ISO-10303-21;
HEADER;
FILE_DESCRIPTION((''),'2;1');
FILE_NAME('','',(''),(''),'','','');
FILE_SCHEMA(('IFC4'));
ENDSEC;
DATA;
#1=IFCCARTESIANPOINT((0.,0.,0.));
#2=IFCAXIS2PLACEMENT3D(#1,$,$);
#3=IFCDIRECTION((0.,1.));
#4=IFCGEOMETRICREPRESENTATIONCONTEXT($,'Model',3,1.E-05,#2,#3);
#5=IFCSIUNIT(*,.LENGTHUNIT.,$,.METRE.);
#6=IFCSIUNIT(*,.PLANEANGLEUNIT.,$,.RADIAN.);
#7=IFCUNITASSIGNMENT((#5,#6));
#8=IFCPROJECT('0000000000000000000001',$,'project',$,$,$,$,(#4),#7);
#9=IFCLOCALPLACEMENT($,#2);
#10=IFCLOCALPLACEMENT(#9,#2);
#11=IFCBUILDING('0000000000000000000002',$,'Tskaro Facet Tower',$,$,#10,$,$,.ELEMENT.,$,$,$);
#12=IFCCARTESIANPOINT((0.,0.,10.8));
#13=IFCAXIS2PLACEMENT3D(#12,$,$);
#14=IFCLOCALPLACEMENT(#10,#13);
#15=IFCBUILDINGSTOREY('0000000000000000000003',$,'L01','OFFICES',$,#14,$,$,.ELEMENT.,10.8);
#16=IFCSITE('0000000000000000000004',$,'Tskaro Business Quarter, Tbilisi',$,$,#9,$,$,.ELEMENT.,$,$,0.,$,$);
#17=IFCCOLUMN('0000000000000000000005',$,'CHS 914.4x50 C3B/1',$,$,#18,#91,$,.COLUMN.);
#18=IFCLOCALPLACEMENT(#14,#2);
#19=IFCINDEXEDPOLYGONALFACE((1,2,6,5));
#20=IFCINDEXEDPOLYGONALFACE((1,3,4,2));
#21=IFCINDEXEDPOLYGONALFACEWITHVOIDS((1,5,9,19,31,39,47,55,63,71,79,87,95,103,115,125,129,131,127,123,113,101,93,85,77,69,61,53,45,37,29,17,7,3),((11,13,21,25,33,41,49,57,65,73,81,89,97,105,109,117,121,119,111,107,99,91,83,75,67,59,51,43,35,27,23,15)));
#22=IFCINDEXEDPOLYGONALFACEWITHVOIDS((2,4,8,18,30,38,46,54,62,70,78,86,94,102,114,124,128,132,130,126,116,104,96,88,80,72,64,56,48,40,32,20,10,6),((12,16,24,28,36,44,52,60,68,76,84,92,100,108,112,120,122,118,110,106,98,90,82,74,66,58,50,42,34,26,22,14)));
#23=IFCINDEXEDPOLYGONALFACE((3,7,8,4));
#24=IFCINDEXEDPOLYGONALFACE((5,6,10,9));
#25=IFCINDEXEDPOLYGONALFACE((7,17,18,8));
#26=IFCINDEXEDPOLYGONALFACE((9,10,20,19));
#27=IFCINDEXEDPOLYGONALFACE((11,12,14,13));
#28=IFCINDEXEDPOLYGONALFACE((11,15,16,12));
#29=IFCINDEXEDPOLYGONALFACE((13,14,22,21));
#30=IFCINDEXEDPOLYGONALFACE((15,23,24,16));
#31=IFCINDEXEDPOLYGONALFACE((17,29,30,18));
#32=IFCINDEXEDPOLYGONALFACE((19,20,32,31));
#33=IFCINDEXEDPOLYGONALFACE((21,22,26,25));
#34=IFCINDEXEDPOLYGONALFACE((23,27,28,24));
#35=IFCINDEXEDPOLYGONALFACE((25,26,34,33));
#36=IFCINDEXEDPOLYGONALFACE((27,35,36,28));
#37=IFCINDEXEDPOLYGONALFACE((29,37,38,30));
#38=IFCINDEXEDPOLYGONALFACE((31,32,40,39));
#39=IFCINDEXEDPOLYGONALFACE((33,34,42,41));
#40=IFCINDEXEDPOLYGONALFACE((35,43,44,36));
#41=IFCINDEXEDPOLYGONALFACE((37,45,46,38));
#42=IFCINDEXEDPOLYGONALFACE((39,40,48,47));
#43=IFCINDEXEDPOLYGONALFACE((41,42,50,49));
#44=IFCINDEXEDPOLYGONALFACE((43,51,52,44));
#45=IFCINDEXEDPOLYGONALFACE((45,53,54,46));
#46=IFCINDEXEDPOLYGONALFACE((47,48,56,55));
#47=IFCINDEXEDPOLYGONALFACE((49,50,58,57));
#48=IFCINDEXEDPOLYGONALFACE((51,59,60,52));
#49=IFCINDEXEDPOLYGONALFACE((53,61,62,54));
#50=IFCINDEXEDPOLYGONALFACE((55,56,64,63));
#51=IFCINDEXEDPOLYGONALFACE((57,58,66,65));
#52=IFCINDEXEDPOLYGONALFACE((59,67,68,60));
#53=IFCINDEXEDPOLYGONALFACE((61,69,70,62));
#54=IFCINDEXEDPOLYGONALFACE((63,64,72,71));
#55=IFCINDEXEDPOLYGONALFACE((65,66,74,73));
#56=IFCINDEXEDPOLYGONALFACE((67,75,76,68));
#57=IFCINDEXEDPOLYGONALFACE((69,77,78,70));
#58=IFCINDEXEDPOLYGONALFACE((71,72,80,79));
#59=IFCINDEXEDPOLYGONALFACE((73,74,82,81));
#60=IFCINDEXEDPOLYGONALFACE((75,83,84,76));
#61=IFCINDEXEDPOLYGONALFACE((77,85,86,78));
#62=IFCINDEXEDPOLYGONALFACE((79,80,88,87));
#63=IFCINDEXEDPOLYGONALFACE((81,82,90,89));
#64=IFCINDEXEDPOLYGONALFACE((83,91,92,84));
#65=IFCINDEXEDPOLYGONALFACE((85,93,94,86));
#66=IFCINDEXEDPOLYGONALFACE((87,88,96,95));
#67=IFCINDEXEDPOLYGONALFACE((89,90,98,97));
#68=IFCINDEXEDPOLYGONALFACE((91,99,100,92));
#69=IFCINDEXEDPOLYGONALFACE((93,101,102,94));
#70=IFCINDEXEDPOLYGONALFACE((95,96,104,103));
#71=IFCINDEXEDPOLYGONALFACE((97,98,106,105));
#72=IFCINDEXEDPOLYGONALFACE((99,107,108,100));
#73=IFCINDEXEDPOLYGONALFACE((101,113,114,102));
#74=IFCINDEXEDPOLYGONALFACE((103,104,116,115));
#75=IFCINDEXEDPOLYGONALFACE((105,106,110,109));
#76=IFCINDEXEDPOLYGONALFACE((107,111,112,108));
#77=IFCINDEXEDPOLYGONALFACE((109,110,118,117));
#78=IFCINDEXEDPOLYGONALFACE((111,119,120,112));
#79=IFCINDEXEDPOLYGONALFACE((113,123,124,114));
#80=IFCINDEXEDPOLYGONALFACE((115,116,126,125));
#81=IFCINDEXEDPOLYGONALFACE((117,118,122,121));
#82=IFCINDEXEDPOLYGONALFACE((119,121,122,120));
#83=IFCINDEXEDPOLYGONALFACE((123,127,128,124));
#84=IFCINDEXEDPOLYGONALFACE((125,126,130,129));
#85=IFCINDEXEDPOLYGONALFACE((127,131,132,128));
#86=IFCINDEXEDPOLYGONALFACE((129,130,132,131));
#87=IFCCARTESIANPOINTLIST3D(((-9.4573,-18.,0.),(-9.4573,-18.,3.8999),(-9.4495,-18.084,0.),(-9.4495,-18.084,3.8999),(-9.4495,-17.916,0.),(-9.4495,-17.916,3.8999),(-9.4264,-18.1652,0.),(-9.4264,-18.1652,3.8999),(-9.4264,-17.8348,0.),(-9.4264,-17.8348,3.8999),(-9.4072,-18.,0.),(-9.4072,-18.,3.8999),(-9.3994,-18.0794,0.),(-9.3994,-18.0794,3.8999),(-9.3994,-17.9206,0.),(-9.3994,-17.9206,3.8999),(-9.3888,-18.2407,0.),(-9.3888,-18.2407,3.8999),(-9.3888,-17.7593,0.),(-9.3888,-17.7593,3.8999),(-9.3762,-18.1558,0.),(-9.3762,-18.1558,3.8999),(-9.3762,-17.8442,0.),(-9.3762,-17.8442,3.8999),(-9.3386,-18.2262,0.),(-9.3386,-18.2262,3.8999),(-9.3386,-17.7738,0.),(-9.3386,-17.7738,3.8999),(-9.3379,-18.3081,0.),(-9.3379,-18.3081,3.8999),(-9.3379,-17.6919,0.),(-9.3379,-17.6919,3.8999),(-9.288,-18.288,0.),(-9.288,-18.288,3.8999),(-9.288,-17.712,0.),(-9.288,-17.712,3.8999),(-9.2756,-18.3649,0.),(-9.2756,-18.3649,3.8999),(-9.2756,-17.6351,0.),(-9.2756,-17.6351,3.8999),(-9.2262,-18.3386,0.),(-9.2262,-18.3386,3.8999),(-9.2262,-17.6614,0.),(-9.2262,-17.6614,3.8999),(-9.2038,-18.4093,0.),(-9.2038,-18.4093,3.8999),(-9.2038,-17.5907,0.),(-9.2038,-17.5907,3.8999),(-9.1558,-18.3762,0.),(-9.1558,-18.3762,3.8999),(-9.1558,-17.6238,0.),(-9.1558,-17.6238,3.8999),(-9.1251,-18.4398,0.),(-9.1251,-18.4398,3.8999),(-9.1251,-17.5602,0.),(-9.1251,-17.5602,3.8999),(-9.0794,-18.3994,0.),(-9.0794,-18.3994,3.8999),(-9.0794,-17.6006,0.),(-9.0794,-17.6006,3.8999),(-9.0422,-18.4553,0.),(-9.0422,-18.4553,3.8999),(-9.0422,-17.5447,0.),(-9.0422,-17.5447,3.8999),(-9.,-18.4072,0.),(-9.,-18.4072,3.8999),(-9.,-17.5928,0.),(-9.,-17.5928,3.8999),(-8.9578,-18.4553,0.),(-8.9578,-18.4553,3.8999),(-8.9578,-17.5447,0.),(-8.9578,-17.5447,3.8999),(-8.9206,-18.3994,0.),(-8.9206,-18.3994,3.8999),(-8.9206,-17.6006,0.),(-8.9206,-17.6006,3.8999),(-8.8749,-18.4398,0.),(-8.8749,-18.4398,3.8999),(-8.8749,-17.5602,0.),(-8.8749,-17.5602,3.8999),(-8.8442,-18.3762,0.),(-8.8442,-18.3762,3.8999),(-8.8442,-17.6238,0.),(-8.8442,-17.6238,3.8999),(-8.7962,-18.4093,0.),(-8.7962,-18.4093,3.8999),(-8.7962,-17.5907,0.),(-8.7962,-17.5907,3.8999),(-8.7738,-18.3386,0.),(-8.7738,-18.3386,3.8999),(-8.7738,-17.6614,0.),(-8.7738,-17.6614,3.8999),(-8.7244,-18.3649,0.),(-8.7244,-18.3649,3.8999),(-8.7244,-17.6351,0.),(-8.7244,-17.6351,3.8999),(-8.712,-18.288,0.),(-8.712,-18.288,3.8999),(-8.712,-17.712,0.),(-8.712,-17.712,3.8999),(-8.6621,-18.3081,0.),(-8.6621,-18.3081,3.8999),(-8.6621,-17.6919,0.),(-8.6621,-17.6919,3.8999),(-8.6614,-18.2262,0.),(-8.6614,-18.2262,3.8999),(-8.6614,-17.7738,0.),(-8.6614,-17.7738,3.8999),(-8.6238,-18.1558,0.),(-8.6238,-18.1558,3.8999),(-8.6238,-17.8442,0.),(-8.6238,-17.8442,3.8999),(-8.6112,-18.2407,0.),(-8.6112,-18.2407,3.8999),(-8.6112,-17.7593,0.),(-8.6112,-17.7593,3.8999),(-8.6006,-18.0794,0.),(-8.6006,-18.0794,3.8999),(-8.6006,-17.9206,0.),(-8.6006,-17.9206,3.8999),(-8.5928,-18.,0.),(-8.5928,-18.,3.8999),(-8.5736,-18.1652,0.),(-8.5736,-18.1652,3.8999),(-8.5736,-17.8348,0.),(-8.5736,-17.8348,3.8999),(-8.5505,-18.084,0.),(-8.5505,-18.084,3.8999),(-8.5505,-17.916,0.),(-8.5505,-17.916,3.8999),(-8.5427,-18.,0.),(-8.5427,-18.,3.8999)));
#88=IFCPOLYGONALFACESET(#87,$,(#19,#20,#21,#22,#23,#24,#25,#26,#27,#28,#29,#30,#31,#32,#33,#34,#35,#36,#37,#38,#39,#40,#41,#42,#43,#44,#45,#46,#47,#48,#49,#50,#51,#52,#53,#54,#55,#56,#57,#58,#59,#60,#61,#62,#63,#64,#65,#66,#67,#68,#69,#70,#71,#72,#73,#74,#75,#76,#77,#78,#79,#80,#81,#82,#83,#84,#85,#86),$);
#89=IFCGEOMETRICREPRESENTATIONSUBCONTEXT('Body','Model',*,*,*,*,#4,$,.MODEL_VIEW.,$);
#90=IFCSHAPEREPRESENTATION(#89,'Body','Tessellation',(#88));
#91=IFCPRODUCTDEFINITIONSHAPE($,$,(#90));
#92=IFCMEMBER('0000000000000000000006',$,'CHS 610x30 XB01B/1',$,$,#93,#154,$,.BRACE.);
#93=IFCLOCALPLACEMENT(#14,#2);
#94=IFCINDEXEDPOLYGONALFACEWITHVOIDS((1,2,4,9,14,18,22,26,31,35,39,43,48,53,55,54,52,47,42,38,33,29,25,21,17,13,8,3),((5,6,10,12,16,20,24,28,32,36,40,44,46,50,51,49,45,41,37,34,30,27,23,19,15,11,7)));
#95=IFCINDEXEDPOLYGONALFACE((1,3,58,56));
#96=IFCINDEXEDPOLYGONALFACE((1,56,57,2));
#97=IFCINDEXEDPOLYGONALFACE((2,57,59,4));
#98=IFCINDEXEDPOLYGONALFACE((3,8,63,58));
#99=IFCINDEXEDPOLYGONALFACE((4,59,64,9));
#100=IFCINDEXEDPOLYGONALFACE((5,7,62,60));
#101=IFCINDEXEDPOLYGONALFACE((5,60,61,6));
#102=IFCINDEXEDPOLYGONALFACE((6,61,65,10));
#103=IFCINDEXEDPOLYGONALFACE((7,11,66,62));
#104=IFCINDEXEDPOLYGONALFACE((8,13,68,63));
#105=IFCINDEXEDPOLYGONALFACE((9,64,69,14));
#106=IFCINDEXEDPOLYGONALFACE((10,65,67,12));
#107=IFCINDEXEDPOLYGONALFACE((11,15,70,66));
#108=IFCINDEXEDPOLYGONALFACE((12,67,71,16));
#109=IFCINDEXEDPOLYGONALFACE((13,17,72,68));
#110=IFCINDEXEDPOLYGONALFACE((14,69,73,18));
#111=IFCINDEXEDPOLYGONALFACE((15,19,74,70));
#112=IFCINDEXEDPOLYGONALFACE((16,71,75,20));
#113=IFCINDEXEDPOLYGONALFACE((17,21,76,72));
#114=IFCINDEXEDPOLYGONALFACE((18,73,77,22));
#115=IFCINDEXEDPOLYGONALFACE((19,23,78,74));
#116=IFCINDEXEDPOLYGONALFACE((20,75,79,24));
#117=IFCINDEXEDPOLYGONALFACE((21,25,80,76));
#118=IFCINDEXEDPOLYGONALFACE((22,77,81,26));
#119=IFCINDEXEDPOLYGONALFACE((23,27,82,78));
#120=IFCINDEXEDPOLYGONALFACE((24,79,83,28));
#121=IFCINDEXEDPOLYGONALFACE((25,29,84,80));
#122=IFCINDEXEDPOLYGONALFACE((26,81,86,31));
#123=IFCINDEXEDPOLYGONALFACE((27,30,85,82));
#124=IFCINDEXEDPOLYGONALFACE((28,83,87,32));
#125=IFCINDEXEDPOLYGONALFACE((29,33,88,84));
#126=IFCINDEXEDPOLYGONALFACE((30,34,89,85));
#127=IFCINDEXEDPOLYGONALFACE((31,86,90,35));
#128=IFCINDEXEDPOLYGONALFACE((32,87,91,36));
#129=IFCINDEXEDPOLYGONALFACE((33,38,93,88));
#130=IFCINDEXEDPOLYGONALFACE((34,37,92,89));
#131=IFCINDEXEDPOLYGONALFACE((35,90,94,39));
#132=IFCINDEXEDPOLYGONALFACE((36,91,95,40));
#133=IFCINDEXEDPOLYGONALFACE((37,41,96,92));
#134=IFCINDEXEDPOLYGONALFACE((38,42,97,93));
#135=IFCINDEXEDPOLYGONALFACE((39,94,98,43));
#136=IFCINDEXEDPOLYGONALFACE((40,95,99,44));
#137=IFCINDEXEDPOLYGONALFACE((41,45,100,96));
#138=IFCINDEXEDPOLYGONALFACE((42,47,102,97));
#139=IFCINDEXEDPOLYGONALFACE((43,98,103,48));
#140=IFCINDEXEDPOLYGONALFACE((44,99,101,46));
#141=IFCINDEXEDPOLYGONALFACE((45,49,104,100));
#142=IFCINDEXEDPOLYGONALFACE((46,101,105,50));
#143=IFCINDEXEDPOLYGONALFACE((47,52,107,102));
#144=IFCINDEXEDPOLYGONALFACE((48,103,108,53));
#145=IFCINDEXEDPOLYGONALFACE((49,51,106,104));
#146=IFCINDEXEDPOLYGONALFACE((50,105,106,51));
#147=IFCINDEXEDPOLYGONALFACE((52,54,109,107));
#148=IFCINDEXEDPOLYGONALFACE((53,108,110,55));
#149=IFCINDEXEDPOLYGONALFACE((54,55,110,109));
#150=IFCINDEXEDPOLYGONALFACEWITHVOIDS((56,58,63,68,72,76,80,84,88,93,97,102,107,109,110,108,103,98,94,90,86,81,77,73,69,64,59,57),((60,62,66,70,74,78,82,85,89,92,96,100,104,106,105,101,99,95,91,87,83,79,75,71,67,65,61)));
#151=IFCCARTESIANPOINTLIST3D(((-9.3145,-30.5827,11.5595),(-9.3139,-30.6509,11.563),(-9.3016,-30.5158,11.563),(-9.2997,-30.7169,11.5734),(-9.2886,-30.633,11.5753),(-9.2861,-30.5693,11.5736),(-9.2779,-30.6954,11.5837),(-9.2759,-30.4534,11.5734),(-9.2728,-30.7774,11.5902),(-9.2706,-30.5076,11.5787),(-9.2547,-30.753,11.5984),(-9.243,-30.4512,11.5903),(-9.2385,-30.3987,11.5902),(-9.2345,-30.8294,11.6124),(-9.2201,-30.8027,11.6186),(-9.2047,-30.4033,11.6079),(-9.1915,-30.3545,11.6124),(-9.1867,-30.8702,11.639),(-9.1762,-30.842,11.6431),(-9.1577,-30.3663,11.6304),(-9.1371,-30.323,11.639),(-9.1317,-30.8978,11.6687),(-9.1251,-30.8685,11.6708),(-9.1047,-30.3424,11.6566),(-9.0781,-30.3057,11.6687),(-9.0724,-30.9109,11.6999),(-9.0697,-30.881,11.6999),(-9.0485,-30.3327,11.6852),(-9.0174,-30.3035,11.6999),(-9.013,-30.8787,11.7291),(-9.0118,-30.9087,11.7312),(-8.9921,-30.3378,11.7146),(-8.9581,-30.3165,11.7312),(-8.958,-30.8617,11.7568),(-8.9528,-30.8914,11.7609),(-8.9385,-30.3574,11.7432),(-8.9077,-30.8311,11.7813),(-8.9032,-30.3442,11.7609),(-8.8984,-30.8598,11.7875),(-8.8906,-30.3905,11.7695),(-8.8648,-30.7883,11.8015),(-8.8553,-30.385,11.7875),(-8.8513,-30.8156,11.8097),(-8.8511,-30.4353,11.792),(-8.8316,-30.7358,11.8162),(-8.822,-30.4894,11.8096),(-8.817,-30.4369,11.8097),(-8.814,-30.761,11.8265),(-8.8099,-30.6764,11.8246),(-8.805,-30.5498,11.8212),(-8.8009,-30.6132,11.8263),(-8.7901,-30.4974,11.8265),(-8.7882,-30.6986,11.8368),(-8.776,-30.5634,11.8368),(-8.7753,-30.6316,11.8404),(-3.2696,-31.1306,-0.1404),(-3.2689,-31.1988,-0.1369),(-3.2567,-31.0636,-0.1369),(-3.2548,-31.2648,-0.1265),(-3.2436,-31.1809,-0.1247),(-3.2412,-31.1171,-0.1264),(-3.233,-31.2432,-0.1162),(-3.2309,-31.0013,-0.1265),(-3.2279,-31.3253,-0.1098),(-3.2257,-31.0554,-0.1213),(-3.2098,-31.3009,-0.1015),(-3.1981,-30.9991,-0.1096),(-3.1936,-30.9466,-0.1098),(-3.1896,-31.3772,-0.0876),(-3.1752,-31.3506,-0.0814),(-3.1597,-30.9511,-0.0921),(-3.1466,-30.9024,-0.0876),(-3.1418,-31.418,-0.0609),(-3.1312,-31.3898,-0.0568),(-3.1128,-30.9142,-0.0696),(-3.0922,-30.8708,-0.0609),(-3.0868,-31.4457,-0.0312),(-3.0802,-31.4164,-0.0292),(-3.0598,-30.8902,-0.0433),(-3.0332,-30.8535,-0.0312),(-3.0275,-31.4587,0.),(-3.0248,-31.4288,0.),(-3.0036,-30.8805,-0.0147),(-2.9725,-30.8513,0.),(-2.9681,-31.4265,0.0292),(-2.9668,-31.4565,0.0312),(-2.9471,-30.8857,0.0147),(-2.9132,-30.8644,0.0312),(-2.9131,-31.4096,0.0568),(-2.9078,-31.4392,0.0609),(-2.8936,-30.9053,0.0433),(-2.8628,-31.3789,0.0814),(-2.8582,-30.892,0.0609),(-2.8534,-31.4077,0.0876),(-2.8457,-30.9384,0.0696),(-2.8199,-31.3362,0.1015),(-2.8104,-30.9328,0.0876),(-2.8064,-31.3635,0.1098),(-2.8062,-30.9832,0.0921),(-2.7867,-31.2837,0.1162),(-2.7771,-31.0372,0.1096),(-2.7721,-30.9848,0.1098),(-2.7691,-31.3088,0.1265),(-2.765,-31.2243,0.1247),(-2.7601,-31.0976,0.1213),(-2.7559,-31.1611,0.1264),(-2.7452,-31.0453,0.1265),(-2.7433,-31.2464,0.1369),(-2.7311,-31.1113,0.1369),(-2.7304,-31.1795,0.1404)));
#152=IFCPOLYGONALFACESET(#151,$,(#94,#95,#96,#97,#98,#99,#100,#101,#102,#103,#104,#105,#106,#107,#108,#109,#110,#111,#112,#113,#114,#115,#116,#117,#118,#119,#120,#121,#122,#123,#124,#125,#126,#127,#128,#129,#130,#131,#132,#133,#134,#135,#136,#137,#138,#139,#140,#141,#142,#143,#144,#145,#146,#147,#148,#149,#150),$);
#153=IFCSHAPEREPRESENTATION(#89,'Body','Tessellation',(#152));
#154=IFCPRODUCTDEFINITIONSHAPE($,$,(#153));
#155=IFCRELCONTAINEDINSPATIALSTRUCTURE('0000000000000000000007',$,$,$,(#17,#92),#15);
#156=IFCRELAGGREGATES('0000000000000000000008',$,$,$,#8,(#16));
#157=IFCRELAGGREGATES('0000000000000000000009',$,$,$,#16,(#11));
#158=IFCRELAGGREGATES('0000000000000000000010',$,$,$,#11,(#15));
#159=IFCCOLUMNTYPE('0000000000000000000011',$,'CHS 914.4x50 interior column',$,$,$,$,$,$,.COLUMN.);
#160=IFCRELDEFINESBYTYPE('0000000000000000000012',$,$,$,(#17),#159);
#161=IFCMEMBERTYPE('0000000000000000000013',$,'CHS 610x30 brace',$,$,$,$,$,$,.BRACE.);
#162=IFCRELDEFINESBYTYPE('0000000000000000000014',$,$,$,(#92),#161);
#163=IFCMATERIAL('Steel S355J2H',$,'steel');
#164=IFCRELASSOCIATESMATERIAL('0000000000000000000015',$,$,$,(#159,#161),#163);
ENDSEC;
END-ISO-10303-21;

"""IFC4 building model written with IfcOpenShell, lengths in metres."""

from ifc_helpers import new_model, si_unit, direction, frame, origin, origin_2d, place, context, subcontext, project, spatial, hollow_circle, extrude, material, material_profile, profile_set, type_object, element, save


model = new_model("IFC4")

# Units and contexts
model_context = context("Model", 3, precision=1e-05, world=origin(), true_north=direction((0.0, 1.0)))
body_context = subcontext(model_context, "Body", "Model", "MODEL_VIEW")
ifc_project = project(units=[si_unit("LENGTHUNIT", "METRE"), si_unit("PLANEANGLEUNIT", "RADIAN")], contexts=[model_context])

# Site, building, storey
site_placement = place(None, origin())
site = spatial("IfcSite", under=ifc_project, at=site_placement, Name="Tskaro Business Quarter, Tbilisi", CompositionType="ELEMENT", RefElevation=0.0)
building_placement = place(site_placement, origin())
building = spatial("IfcBuilding", under=site, at=building_placement, Name="Tskaro Facet Tower", CompositionType="ELEMENT")
storey_placement = place(building_placement, frame((0.0, 0.0, 10.8)))
storey = spatial("IfcBuildingStorey", under=building, at=storey_placement, Name="L01", Description="OFFICES", CompositionType="ELEMENT", Elevation=10.8)

# Column
ifc_material_1 = material(Name="Steel S355J2H", Category="steel")
ifc_material_profile_1 = material_profile(ifc_material_1, hollow_circle(Radius=0.4573, WallThickness=0.05, at=origin_2d()), Name="CHS 914.4x50")
ifc_profile_set_1 = profile_set([ifc_material_profile_1], Name="Steel S355J2H")
column_type_1 = type_object("IfcColumnType", Name="CHS 914.4x50 interior column", PredefinedType="COLUMN", material=ifc_profile_set_1)
column_1_placement = place(storey_placement, frame((-9.0, -18.0, 0.0), z_axis=(0.0, 0.0, 1.0), x_axis=(1.0, 0.0, 0.0)))
element("IfcColumn", 1, at=column_1_placement, inside=storey, type_object=column_type_1, Name="CHS 914.4x50 C3B/1", PredefinedType="COLUMN", context=body_context, shape_type="SweptSolid", body=[
    extrude(hollow_circle(Radius=0.4573, WallThickness=0.05, at=origin_2d()), origin(), (0.0, 0.0, 1.0), 3.8999),
])

# Member
ifc_material_profile_2 = material_profile(ifc_material_1, hollow_circle(Radius=0.3049, WallThickness=0.03, at=origin_2d()), Name="CHS 610x30")
ifc_profile_set_2 = profile_set([ifc_material_profile_2], Name="Steel S355J2H")
member_type_1 = type_object("IfcMemberType", Name="CHS 610x30 brace", PredefinedType="BRACE", material=ifc_profile_set_2)
for number, where, z_axis, x_axis, name in (
    (2, (-3.0, -31.155, 0.0), (-0.45862, 0.041565, 0.88766), (-0.09026, -0.995918, 0.0), "CHS 610x30 XB01B/1"),
):
    element("IfcMember", number, at=place(storey_placement, frame(where, z_axis=z_axis, x_axis=x_axis)), inside=storey, type_object=member_type_1, Name=name, PredefinedType="BRACE", context=body_context, shape_type="SweptSolid", body=[
        extrude(hollow_circle(Radius=0.3049, WallThickness=0.03, at=origin_2d()), origin(), (0.0, 0.0, 1.0), 13.1807),
    ])

save(model, "model.ifc")
